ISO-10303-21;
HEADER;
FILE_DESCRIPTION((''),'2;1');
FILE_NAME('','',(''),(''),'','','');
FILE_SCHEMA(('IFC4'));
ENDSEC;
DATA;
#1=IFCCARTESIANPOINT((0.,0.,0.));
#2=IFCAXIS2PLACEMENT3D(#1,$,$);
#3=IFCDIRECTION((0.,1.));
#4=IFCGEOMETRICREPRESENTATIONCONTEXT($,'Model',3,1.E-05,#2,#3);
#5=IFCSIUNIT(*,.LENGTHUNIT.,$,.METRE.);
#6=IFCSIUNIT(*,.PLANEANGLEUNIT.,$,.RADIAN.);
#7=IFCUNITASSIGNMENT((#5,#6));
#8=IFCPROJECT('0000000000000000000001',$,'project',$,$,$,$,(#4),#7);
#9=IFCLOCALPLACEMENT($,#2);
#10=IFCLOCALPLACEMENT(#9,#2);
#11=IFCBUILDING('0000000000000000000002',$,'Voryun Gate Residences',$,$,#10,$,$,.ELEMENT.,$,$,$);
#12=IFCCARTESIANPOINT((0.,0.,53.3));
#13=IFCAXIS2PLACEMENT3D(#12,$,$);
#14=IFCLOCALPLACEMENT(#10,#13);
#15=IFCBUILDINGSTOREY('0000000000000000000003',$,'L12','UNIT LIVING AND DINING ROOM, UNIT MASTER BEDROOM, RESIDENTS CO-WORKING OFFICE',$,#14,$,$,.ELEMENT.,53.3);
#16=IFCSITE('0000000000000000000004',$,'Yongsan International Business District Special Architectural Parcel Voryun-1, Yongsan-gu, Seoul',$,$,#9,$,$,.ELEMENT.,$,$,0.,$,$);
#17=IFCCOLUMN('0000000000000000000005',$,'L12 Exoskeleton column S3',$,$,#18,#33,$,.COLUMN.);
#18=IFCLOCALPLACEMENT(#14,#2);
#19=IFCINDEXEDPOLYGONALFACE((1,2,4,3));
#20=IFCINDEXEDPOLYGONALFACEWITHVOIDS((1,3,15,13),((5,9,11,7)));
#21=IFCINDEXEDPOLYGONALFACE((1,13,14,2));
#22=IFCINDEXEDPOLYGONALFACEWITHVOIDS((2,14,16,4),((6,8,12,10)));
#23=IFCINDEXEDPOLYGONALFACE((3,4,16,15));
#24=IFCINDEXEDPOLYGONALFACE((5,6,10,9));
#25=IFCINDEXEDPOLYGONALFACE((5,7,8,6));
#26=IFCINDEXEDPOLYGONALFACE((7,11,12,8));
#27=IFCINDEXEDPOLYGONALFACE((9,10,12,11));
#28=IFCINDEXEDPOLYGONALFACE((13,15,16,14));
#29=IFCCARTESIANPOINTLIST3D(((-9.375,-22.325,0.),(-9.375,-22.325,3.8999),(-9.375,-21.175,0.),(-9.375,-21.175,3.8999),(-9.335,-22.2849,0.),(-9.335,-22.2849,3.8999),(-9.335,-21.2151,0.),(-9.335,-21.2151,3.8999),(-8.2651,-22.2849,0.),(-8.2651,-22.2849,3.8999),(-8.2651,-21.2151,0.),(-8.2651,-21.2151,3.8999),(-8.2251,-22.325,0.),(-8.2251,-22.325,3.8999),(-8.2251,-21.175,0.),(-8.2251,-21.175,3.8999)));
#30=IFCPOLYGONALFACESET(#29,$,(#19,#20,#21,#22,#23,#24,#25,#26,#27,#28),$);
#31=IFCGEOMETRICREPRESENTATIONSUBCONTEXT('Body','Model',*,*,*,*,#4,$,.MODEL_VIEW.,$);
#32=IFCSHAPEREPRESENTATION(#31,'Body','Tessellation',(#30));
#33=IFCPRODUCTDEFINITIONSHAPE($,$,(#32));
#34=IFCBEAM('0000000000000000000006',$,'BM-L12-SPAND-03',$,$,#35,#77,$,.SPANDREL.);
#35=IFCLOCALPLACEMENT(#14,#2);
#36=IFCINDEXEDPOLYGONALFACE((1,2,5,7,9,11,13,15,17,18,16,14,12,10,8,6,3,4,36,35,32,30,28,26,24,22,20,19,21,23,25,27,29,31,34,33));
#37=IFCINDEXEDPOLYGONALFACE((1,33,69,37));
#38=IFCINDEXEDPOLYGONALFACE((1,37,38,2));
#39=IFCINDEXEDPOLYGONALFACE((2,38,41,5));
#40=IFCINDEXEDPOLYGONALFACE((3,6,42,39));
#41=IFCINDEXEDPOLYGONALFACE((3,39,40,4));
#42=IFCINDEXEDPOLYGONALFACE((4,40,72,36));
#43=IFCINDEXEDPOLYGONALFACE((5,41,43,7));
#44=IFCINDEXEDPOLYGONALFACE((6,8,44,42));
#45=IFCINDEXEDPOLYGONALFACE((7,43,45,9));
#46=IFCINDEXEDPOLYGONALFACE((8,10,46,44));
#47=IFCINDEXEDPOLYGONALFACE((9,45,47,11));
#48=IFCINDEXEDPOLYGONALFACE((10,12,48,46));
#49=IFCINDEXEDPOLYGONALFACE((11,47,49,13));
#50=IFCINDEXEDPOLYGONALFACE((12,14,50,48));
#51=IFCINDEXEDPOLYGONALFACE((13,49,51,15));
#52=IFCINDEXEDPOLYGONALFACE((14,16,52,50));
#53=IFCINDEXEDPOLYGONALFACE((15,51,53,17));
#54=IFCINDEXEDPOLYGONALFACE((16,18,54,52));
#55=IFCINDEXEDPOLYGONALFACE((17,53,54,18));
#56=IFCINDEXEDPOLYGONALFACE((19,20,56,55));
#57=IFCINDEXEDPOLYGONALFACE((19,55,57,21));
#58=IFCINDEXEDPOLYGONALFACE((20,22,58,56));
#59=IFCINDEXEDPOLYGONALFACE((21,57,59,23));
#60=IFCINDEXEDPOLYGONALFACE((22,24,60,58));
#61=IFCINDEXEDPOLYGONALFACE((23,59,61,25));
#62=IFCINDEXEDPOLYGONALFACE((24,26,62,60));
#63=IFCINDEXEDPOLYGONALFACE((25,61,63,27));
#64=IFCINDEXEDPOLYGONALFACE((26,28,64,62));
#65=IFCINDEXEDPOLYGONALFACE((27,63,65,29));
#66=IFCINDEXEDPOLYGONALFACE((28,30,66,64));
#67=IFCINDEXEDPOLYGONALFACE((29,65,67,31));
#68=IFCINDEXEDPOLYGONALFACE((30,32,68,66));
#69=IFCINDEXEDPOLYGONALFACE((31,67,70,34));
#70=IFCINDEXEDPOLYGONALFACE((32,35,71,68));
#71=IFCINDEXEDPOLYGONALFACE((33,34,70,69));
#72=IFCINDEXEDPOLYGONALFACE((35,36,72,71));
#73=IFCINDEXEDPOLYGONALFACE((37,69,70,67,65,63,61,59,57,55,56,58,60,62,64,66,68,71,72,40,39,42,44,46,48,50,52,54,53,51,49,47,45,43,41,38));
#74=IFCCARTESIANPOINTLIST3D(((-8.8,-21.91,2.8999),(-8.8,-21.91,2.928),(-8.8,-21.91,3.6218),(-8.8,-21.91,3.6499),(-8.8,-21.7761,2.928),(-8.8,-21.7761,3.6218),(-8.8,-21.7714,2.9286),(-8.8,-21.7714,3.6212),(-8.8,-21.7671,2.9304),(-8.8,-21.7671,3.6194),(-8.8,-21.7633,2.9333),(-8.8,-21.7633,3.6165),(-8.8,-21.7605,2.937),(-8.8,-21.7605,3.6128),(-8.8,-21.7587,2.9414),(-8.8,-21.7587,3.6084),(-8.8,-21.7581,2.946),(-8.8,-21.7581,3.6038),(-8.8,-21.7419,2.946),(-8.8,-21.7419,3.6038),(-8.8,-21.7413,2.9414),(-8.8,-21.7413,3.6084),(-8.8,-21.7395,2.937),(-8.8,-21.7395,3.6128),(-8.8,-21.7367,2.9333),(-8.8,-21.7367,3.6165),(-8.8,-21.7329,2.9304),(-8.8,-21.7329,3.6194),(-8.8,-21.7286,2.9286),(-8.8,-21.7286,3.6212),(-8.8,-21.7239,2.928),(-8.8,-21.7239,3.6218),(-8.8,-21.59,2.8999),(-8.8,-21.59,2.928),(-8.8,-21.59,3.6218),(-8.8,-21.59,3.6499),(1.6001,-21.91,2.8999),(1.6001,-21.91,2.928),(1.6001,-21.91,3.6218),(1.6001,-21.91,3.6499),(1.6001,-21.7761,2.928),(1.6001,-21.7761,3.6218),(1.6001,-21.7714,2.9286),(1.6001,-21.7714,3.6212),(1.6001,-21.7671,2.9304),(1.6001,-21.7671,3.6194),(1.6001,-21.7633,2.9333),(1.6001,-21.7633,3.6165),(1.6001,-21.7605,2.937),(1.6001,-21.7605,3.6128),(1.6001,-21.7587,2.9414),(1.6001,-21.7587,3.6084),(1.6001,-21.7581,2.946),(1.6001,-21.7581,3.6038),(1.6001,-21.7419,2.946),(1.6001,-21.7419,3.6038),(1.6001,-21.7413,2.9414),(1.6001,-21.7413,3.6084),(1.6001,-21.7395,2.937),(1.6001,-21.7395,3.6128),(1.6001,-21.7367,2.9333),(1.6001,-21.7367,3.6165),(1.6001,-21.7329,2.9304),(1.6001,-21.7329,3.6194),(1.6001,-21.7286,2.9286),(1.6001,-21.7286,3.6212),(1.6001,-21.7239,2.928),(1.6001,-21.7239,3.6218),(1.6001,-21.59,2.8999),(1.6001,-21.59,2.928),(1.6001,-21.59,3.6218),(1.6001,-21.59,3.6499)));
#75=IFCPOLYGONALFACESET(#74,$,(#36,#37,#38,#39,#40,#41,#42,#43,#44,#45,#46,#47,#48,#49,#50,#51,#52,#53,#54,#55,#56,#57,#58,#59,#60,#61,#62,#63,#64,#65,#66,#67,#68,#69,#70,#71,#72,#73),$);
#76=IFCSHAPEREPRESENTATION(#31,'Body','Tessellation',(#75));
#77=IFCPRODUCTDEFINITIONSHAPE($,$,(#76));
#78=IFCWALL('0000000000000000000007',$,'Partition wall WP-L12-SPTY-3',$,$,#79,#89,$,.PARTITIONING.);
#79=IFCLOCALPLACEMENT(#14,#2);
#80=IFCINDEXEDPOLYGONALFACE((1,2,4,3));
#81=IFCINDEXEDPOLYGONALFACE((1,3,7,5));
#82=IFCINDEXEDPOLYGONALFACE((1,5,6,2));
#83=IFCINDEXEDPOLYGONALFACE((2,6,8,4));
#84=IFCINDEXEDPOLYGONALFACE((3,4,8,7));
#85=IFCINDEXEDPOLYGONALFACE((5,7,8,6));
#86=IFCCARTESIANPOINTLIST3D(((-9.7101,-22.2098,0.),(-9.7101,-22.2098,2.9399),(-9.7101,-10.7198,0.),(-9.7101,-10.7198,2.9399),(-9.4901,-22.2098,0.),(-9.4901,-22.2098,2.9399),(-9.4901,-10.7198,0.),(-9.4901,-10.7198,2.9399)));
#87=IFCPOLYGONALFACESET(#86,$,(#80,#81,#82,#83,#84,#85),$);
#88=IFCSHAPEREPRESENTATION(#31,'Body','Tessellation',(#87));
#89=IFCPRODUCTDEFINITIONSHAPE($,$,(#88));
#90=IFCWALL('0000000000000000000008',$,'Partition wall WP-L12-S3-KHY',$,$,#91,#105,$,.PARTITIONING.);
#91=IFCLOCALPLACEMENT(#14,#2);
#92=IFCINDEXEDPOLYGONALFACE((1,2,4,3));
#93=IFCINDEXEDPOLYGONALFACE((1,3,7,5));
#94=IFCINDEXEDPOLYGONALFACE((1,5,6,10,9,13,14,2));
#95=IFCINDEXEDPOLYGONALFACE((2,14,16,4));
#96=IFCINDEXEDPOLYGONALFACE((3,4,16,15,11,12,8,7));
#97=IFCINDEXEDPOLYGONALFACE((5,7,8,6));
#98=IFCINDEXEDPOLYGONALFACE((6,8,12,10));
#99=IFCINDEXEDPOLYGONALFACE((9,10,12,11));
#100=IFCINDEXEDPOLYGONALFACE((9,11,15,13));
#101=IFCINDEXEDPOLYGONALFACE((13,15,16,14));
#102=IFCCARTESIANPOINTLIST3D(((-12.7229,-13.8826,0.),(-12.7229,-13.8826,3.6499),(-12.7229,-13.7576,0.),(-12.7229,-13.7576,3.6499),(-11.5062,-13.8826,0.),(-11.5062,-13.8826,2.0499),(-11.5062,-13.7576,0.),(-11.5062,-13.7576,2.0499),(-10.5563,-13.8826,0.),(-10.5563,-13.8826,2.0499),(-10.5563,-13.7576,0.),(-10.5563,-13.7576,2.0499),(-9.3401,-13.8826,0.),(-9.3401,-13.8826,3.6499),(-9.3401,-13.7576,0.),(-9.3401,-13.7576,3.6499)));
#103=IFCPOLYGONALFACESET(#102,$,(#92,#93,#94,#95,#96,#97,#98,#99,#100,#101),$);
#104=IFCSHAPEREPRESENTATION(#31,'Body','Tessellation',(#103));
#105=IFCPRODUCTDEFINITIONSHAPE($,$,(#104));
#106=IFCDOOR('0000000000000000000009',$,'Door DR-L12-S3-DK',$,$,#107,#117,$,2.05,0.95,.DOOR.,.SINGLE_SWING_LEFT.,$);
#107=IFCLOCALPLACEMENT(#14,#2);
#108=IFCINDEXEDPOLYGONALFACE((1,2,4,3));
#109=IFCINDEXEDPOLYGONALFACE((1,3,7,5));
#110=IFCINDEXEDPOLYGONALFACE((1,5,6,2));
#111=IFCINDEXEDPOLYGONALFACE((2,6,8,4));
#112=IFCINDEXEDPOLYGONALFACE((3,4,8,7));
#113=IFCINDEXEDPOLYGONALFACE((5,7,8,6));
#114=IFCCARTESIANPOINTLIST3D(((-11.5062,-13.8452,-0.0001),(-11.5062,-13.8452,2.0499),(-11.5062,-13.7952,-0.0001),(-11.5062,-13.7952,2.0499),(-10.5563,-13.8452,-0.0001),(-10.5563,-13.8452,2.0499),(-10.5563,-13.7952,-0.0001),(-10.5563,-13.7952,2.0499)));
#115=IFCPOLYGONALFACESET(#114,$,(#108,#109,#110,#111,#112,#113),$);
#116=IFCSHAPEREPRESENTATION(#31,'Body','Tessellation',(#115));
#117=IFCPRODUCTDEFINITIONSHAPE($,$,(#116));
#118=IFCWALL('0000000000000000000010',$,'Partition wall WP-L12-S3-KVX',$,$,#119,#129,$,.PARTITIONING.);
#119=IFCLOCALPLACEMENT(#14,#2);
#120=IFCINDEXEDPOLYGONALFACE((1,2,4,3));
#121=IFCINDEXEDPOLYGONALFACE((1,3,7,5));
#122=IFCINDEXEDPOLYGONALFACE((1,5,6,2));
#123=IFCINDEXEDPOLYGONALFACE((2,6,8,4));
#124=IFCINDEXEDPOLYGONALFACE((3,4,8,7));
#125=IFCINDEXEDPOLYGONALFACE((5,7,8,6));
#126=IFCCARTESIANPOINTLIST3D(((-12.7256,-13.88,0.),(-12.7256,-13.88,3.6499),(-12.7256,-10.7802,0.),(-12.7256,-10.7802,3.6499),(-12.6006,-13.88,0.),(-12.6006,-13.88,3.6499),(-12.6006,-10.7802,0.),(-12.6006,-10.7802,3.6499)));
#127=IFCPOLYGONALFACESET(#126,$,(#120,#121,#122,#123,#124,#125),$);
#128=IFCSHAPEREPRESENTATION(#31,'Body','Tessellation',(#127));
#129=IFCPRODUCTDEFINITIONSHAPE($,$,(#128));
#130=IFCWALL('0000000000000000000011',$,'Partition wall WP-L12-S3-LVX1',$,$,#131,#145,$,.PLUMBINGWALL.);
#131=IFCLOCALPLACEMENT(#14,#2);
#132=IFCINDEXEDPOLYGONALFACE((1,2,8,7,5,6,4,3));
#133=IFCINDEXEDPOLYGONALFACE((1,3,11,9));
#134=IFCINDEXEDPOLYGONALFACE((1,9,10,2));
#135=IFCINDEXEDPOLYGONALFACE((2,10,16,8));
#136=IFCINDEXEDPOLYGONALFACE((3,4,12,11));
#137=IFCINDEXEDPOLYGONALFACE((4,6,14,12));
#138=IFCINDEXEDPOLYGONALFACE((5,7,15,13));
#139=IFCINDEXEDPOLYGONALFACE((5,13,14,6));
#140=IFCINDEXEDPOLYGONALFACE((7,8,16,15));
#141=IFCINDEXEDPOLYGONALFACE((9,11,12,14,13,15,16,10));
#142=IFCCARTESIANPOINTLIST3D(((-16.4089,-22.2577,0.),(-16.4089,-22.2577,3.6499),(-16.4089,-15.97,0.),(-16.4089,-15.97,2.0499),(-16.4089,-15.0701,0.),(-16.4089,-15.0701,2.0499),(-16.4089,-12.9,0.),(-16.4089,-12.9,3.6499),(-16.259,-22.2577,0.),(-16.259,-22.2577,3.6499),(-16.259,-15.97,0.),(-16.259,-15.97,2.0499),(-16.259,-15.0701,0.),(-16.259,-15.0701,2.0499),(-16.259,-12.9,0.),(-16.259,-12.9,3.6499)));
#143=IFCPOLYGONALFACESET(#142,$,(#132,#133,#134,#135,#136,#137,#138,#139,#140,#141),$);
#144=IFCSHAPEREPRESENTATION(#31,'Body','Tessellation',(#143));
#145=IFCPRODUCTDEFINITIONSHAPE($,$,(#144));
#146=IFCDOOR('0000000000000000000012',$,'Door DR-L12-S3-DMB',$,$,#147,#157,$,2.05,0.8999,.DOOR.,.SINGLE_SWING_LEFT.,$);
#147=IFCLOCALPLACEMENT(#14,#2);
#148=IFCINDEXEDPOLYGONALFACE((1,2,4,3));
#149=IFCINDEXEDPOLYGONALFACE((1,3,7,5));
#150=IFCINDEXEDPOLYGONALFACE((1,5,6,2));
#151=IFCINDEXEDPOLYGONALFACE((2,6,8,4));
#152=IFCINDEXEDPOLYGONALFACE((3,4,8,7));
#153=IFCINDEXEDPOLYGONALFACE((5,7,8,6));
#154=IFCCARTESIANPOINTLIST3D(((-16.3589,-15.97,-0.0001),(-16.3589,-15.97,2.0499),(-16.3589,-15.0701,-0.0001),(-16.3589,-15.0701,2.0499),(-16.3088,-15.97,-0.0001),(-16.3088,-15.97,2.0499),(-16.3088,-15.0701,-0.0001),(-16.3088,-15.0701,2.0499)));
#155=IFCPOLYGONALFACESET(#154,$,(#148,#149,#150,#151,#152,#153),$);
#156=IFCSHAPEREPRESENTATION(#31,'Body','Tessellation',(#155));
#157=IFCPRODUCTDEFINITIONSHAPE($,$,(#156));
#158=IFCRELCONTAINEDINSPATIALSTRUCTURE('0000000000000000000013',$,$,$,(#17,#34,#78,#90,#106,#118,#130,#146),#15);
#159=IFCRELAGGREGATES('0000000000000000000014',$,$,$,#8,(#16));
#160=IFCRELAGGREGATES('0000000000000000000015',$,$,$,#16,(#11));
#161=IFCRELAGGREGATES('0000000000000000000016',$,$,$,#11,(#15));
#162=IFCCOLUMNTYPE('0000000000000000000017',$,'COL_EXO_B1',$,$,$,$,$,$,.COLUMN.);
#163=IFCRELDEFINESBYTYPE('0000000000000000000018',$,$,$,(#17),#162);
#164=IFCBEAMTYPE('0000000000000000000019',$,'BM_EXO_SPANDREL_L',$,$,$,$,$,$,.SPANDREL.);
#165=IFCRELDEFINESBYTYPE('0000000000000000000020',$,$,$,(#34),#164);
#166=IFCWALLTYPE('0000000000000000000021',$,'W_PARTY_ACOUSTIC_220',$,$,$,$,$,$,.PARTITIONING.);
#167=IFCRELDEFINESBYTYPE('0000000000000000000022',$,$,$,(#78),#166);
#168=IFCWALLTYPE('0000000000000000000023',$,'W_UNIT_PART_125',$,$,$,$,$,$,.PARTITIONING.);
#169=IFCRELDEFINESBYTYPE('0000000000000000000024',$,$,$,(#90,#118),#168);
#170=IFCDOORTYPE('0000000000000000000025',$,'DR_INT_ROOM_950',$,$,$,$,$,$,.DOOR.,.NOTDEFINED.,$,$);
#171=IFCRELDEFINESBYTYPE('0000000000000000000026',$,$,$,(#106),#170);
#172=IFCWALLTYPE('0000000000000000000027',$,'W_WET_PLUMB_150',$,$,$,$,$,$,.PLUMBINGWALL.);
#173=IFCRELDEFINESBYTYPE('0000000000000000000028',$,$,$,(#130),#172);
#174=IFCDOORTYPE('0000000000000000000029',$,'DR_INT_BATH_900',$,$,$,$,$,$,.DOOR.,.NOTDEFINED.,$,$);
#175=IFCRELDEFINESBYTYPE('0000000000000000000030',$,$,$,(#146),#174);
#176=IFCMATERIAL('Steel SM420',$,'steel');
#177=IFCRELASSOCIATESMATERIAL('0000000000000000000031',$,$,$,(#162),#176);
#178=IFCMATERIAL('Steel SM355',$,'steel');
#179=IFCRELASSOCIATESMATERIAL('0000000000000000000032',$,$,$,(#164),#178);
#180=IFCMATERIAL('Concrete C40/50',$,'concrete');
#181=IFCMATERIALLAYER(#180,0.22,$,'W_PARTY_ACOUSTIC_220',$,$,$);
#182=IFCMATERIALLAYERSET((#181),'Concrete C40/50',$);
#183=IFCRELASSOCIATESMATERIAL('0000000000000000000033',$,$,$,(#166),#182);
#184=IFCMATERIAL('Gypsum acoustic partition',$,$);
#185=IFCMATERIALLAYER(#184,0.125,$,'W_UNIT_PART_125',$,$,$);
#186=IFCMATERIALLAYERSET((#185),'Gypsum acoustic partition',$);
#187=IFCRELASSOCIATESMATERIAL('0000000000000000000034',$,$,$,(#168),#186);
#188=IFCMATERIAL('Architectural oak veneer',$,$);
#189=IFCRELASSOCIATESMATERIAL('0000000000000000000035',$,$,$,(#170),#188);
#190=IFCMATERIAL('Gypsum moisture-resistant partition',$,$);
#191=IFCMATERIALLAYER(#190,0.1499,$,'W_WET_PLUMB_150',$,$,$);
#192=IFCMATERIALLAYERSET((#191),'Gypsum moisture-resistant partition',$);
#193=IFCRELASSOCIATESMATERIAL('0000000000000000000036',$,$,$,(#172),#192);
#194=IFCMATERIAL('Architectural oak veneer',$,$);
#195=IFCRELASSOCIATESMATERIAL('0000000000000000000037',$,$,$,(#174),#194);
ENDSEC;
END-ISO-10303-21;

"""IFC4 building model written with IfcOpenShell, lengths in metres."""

from ifc_helpers import new_model, si_unit, direction, frame, frame_2d, origin, origin_2d, place, context, subcontext, project, spatial, rectangle, hollow_rectangle, i_section, extrude, material, layer, layer_set, material_profile, profile_set, type_object, element, fill, save


model = new_model("IFC4")

# Units and contexts
model_context = context("Model", 3, precision=1e-05, world=origin(), true_north=direction((0.0, 1.0)))
body_context = subcontext(model_context, "Body", "Model", "MODEL_VIEW")
ifc_project = project(units=[si_unit("LENGTHUNIT", "METRE"), si_unit("PLANEANGLEUNIT", "RADIAN")], contexts=[model_context])

# Site, building, storey
site_placement = place(None, origin())
site = spatial("IfcSite", under=ifc_project, at=site_placement, Name="Yongsan International Business District Special Architectural Parcel Voryun-1, Yongsan-gu, Seoul", CompositionType="ELEMENT", RefElevation=0.0)
building_placement = place(site_placement, origin())
building = spatial("IfcBuilding", under=site, at=building_placement, Name="Voryun Gate Residences", CompositionType="ELEMENT")
storey_placement = place(building_placement, frame((0.0, 0.0, 53.3)))
storey = spatial("IfcBuildingStorey", under=building, at=storey_placement, Name="L12", Description="UNIT LIVING AND DINING ROOM, UNIT MASTER BEDROOM, RESIDENTS CO-WORKING OFFICE", CompositionType="ELEMENT", Elevation=53.3)

# Column
ifc_material_1 = material(Name="Steel SM420", Category="steel")
ifc_material_profile_1 = material_profile(ifc_material_1, hollow_rectangle(XDim=1.1499, YDim=1.1499, WallThickness=0.04, at=origin_2d()), Name="BOX-1150x1150x40")
ifc_profile_set_1 = profile_set([ifc_material_profile_1], Name="Steel SM420")
column_type = type_object("IfcColumnType", Name="COL_EXO_B1", PredefinedType="COLUMN", material=ifc_profile_set_1)
column_placement = place(storey_placement, frame((-8.8, -21.75, 0.0), z_axis=(0.0, 0.0, 1.0), x_axis=(1.0, 0.0, 0.0)))
element("IfcColumn", 1, at=column_placement, inside=storey, type_object=column_type, Name="L12 Exoskeleton column S3", PredefinedType="COLUMN", context=body_context, shape_type="SweptSolid", body=[
    extrude(hollow_rectangle(XDim=1.1499, YDim=1.1499, WallThickness=0.04, at=origin_2d()), origin(), (0.0, 0.0, 1.0), 3.8999),
])

# Beam
ifc_material_2 = material(Name="Steel SM355", Category="steel")
ifc_material_profile_2 = material_profile(ifc_material_2, i_section(OverallWidth=0.3201, OverallDepth=0.75, WebThickness=0.0161, FlangeThickness=0.0281, FilletRadius=0.0181, at=origin_2d()), Name="H-750x320x16x28")
ifc_profile_set_2 = profile_set([ifc_material_profile_2], Name="Steel SM355")
beam_type = type_object("IfcBeamType", Name="BM_EXO_SPANDREL_L", PredefinedType="SPANDREL", material=ifc_profile_set_2)
beam_placement = place(storey_placement, frame((-8.8, -21.75, 3.2749), z_axis=(1.0, 0.0, 0.0), x_axis=(0.0, 1.0, 0.0)))
element("IfcBeam", 2, at=beam_placement, inside=storey, type_object=beam_type, Name="BM-L12-SPAND-03", PredefinedType="SPANDREL", context=body_context, shape_type="SweptSolid", body=[
    extrude(i_section(OverallWidth=0.3201, OverallDepth=0.75, WebThickness=0.0161, FlangeThickness=0.0281, FilletRadius=0.0181, at=origin_2d()), origin(), (0.0, 0.0, 1.0), 10.4001),
])

# Wall
ifc_material_3 = material(Name="Concrete C40/50", Category="concrete")
ifc_layer_1 = layer(ifc_material_3, 0.22, Name="W_PARTY_ACOUSTIC_220")
ifc_layer_set_1 = layer_set([ifc_layer_1], Name="Concrete C40/50")
wall_type_1 = type_object("IfcWallType", Name="W_PARTY_ACOUSTIC_220", PredefinedType="PARTITIONING", material=ifc_layer_set_1)
wall_1_placement = place(storey_placement, frame((-9.6001, -22.21, 0.0), z_axis=(0.0, 0.0, 1.0), x_axis=(0.0, 1.0, 0.0)))
element("IfcWall", 3, at=wall_1_placement, inside=storey, type_object=wall_type_1, Name="Partition wall WP-L12-SPTY-3", PredefinedType="PARTITIONING", context=body_context, shape_type="SweptSolid", body=[
    extrude(rectangle(XDim=11.49, YDim=0.22, at=frame_2d((5.7451, 0.0))), origin(), (0.0, 0.0, 1.0), 2.9399),
])

# Wall, opening, door
ifc_material_4 = material(Name="Gypsum acoustic partition")
ifc_layer_2 = layer(ifc_material_4, 0.125, Name="W_UNIT_PART_125")
ifc_layer_set_2 = layer_set([ifc_layer_2], Name="Gypsum acoustic partition")
wall_type_2 = type_object("IfcWallType", Name="W_UNIT_PART_125", PredefinedType="PARTITIONING", material=ifc_layer_set_2)
wall_2_placement = place(storey_placement, frame((-12.7229, -13.8201, 0.0), z_axis=(0.0, 0.0, 1.0), x_axis=(1.0, 0.0, 0.0)))
wall_2 = element("IfcWall", 4, at=wall_2_placement, inside=storey, type_object=wall_type_2, Name="Partition wall WP-L12-S3-KHY", PredefinedType="PARTITIONING", context=body_context, shape_type="SweptSolid", body=[
    extrude(rectangle(XDim=3.3828, YDim=0.125, at=frame_2d((1.6914, 0.0))), origin(), (0.0, 0.0, 1.0), 3.6499),
])
opening_1_placement = place(wall_2_placement, frame((1.2166, 0.0, 0.0)))
opening_1 = element("IfcOpeningElement", 5, at=opening_1_placement, cuts=wall_2, PredefinedType="OPENING", context=body_context, shape_type="SweptSolid", body=[
    extrude(rectangle(XDim=0.95, YDim=2.05, at=frame_2d((0.4751, 1.0249))), frame((0.0, 0.0725, 0.0), z_axis=(0.0, -1.0, 0.0), x_axis=(1.0, 0.0, 0.0)), (0.0, 0.0, 1.0), 0.145),
])
ifc_material_5 = material(Name="Architectural oak veneer")
door_type_1 = type_object("IfcDoorType", Name="DR_INT_ROOM_950", OperationType="NOTDEFINED", PredefinedType="DOOR", material=ifc_material_5)
door_1_placement = place(opening_1_placement, origin())
door_1 = element("IfcDoor", 6, at=door_1_placement, inside=storey, type_object=door_type_1, Name="Door DR-L12-S3-DK", OperationType="SINGLE_SWING_LEFT", OverallHeight=2.05, OverallWidth=0.95, PredefinedType="DOOR", context=body_context, shape_type="SweptSolid", body=[
    extrude(rectangle(XDim=0.95, YDim=2.05, at=frame_2d((0.4751, 1.0249))), frame((0.0, 0.0249, 0.0), z_axis=(0.0, -1.0, 0.0), x_axis=(1.0, 0.0, 0.0)), (0.0, 0.0, 1.0), 0.05),
])
fill(opening_1, door_1)

# Wall
wall_3_placement = place(storey_placement, frame((-12.6631, -13.8799, 0.0), z_axis=(0.0, 0.0, 1.0), x_axis=(0.0, 1.0, 0.0)))
element("IfcWall", 7, at=wall_3_placement, inside=storey, type_object=wall_type_2, Name="Partition wall WP-L12-S3-KVX", PredefinedType="PARTITIONING", context=body_context, shape_type="SweptSolid", body=[
    extrude(rectangle(XDim=3.0999, YDim=0.125, at=frame_2d((1.5498, 0.0))), origin(), (0.0, 0.0, 1.0), 3.6499),
])

# Wall, opening, door
ifc_material_6 = material(Name="Gypsum moisture-resistant partition")
ifc_layer_3 = layer(ifc_material_6, 0.1499, Name="W_WET_PLUMB_150")
ifc_layer_set_3 = layer_set([ifc_layer_3], Name="Gypsum moisture-resistant partition")
wall_type_3 = type_object("IfcWallType", Name="W_WET_PLUMB_150", PredefinedType="PLUMBINGWALL", material=ifc_layer_set_3)
wall_4_placement = place(storey_placement, frame((-16.334, -22.2576, 0.0), z_axis=(0.0, 0.0, 1.0), x_axis=(0.0, 1.0, 0.0)))
wall_4 = element("IfcWall", 8, at=wall_4_placement, inside=storey, type_object=wall_type_3, Name="Partition wall WP-L12-S3-LVX1", PredefinedType="PLUMBINGWALL", context=body_context, shape_type="SweptSolid", body=[
    extrude(rectangle(XDim=9.3577, YDim=0.1499, at=frame_2d((4.6787, 0.0))), origin(), (0.0, 0.0, 1.0), 3.6499),
])
opening_2_placement = place(wall_4_placement, frame((6.2876, 0.0, 0.0)))
opening_2 = element("IfcOpeningElement", 9, at=opening_2_placement, cuts=wall_4, PredefinedType="OPENING", context=body_context, shape_type="SweptSolid", body=[
    extrude(rectangle(XDim=0.8999, YDim=2.05, at=frame_2d((0.45, 1.0249))), frame((0.0, 0.085, 0.0), z_axis=(0.0, -1.0, 0.0), x_axis=(1.0, 0.0, 0.0)), (0.0, 0.0, 1.0), 0.1699),
])
ifc_material_7 = material(Name="Architectural oak veneer")
door_type_2 = type_object("IfcDoorType", Name="DR_INT_BATH_900", OperationType="NOTDEFINED", PredefinedType="DOOR", material=ifc_material_7)
door_2_placement = place(opening_2_placement, origin())
door_2 = element("IfcDoor", 10, at=door_2_placement, inside=storey, type_object=door_type_2, Name="Door DR-L12-S3-DMB", OperationType="SINGLE_SWING_LEFT", OverallHeight=2.05, OverallWidth=0.8999, PredefinedType="DOOR", context=body_context, shape_type="SweptSolid", body=[
    extrude(rectangle(XDim=0.8999, YDim=2.05, at=frame_2d((0.45, 1.0249))), frame((0.0, 0.0249, 0.0), z_axis=(0.0, -1.0, 0.0), x_axis=(1.0, 0.0, 0.0)), (0.0, 0.0, 1.0), 0.05),
])
fill(opening_2, door_2)

save(model, "model.ifc")
